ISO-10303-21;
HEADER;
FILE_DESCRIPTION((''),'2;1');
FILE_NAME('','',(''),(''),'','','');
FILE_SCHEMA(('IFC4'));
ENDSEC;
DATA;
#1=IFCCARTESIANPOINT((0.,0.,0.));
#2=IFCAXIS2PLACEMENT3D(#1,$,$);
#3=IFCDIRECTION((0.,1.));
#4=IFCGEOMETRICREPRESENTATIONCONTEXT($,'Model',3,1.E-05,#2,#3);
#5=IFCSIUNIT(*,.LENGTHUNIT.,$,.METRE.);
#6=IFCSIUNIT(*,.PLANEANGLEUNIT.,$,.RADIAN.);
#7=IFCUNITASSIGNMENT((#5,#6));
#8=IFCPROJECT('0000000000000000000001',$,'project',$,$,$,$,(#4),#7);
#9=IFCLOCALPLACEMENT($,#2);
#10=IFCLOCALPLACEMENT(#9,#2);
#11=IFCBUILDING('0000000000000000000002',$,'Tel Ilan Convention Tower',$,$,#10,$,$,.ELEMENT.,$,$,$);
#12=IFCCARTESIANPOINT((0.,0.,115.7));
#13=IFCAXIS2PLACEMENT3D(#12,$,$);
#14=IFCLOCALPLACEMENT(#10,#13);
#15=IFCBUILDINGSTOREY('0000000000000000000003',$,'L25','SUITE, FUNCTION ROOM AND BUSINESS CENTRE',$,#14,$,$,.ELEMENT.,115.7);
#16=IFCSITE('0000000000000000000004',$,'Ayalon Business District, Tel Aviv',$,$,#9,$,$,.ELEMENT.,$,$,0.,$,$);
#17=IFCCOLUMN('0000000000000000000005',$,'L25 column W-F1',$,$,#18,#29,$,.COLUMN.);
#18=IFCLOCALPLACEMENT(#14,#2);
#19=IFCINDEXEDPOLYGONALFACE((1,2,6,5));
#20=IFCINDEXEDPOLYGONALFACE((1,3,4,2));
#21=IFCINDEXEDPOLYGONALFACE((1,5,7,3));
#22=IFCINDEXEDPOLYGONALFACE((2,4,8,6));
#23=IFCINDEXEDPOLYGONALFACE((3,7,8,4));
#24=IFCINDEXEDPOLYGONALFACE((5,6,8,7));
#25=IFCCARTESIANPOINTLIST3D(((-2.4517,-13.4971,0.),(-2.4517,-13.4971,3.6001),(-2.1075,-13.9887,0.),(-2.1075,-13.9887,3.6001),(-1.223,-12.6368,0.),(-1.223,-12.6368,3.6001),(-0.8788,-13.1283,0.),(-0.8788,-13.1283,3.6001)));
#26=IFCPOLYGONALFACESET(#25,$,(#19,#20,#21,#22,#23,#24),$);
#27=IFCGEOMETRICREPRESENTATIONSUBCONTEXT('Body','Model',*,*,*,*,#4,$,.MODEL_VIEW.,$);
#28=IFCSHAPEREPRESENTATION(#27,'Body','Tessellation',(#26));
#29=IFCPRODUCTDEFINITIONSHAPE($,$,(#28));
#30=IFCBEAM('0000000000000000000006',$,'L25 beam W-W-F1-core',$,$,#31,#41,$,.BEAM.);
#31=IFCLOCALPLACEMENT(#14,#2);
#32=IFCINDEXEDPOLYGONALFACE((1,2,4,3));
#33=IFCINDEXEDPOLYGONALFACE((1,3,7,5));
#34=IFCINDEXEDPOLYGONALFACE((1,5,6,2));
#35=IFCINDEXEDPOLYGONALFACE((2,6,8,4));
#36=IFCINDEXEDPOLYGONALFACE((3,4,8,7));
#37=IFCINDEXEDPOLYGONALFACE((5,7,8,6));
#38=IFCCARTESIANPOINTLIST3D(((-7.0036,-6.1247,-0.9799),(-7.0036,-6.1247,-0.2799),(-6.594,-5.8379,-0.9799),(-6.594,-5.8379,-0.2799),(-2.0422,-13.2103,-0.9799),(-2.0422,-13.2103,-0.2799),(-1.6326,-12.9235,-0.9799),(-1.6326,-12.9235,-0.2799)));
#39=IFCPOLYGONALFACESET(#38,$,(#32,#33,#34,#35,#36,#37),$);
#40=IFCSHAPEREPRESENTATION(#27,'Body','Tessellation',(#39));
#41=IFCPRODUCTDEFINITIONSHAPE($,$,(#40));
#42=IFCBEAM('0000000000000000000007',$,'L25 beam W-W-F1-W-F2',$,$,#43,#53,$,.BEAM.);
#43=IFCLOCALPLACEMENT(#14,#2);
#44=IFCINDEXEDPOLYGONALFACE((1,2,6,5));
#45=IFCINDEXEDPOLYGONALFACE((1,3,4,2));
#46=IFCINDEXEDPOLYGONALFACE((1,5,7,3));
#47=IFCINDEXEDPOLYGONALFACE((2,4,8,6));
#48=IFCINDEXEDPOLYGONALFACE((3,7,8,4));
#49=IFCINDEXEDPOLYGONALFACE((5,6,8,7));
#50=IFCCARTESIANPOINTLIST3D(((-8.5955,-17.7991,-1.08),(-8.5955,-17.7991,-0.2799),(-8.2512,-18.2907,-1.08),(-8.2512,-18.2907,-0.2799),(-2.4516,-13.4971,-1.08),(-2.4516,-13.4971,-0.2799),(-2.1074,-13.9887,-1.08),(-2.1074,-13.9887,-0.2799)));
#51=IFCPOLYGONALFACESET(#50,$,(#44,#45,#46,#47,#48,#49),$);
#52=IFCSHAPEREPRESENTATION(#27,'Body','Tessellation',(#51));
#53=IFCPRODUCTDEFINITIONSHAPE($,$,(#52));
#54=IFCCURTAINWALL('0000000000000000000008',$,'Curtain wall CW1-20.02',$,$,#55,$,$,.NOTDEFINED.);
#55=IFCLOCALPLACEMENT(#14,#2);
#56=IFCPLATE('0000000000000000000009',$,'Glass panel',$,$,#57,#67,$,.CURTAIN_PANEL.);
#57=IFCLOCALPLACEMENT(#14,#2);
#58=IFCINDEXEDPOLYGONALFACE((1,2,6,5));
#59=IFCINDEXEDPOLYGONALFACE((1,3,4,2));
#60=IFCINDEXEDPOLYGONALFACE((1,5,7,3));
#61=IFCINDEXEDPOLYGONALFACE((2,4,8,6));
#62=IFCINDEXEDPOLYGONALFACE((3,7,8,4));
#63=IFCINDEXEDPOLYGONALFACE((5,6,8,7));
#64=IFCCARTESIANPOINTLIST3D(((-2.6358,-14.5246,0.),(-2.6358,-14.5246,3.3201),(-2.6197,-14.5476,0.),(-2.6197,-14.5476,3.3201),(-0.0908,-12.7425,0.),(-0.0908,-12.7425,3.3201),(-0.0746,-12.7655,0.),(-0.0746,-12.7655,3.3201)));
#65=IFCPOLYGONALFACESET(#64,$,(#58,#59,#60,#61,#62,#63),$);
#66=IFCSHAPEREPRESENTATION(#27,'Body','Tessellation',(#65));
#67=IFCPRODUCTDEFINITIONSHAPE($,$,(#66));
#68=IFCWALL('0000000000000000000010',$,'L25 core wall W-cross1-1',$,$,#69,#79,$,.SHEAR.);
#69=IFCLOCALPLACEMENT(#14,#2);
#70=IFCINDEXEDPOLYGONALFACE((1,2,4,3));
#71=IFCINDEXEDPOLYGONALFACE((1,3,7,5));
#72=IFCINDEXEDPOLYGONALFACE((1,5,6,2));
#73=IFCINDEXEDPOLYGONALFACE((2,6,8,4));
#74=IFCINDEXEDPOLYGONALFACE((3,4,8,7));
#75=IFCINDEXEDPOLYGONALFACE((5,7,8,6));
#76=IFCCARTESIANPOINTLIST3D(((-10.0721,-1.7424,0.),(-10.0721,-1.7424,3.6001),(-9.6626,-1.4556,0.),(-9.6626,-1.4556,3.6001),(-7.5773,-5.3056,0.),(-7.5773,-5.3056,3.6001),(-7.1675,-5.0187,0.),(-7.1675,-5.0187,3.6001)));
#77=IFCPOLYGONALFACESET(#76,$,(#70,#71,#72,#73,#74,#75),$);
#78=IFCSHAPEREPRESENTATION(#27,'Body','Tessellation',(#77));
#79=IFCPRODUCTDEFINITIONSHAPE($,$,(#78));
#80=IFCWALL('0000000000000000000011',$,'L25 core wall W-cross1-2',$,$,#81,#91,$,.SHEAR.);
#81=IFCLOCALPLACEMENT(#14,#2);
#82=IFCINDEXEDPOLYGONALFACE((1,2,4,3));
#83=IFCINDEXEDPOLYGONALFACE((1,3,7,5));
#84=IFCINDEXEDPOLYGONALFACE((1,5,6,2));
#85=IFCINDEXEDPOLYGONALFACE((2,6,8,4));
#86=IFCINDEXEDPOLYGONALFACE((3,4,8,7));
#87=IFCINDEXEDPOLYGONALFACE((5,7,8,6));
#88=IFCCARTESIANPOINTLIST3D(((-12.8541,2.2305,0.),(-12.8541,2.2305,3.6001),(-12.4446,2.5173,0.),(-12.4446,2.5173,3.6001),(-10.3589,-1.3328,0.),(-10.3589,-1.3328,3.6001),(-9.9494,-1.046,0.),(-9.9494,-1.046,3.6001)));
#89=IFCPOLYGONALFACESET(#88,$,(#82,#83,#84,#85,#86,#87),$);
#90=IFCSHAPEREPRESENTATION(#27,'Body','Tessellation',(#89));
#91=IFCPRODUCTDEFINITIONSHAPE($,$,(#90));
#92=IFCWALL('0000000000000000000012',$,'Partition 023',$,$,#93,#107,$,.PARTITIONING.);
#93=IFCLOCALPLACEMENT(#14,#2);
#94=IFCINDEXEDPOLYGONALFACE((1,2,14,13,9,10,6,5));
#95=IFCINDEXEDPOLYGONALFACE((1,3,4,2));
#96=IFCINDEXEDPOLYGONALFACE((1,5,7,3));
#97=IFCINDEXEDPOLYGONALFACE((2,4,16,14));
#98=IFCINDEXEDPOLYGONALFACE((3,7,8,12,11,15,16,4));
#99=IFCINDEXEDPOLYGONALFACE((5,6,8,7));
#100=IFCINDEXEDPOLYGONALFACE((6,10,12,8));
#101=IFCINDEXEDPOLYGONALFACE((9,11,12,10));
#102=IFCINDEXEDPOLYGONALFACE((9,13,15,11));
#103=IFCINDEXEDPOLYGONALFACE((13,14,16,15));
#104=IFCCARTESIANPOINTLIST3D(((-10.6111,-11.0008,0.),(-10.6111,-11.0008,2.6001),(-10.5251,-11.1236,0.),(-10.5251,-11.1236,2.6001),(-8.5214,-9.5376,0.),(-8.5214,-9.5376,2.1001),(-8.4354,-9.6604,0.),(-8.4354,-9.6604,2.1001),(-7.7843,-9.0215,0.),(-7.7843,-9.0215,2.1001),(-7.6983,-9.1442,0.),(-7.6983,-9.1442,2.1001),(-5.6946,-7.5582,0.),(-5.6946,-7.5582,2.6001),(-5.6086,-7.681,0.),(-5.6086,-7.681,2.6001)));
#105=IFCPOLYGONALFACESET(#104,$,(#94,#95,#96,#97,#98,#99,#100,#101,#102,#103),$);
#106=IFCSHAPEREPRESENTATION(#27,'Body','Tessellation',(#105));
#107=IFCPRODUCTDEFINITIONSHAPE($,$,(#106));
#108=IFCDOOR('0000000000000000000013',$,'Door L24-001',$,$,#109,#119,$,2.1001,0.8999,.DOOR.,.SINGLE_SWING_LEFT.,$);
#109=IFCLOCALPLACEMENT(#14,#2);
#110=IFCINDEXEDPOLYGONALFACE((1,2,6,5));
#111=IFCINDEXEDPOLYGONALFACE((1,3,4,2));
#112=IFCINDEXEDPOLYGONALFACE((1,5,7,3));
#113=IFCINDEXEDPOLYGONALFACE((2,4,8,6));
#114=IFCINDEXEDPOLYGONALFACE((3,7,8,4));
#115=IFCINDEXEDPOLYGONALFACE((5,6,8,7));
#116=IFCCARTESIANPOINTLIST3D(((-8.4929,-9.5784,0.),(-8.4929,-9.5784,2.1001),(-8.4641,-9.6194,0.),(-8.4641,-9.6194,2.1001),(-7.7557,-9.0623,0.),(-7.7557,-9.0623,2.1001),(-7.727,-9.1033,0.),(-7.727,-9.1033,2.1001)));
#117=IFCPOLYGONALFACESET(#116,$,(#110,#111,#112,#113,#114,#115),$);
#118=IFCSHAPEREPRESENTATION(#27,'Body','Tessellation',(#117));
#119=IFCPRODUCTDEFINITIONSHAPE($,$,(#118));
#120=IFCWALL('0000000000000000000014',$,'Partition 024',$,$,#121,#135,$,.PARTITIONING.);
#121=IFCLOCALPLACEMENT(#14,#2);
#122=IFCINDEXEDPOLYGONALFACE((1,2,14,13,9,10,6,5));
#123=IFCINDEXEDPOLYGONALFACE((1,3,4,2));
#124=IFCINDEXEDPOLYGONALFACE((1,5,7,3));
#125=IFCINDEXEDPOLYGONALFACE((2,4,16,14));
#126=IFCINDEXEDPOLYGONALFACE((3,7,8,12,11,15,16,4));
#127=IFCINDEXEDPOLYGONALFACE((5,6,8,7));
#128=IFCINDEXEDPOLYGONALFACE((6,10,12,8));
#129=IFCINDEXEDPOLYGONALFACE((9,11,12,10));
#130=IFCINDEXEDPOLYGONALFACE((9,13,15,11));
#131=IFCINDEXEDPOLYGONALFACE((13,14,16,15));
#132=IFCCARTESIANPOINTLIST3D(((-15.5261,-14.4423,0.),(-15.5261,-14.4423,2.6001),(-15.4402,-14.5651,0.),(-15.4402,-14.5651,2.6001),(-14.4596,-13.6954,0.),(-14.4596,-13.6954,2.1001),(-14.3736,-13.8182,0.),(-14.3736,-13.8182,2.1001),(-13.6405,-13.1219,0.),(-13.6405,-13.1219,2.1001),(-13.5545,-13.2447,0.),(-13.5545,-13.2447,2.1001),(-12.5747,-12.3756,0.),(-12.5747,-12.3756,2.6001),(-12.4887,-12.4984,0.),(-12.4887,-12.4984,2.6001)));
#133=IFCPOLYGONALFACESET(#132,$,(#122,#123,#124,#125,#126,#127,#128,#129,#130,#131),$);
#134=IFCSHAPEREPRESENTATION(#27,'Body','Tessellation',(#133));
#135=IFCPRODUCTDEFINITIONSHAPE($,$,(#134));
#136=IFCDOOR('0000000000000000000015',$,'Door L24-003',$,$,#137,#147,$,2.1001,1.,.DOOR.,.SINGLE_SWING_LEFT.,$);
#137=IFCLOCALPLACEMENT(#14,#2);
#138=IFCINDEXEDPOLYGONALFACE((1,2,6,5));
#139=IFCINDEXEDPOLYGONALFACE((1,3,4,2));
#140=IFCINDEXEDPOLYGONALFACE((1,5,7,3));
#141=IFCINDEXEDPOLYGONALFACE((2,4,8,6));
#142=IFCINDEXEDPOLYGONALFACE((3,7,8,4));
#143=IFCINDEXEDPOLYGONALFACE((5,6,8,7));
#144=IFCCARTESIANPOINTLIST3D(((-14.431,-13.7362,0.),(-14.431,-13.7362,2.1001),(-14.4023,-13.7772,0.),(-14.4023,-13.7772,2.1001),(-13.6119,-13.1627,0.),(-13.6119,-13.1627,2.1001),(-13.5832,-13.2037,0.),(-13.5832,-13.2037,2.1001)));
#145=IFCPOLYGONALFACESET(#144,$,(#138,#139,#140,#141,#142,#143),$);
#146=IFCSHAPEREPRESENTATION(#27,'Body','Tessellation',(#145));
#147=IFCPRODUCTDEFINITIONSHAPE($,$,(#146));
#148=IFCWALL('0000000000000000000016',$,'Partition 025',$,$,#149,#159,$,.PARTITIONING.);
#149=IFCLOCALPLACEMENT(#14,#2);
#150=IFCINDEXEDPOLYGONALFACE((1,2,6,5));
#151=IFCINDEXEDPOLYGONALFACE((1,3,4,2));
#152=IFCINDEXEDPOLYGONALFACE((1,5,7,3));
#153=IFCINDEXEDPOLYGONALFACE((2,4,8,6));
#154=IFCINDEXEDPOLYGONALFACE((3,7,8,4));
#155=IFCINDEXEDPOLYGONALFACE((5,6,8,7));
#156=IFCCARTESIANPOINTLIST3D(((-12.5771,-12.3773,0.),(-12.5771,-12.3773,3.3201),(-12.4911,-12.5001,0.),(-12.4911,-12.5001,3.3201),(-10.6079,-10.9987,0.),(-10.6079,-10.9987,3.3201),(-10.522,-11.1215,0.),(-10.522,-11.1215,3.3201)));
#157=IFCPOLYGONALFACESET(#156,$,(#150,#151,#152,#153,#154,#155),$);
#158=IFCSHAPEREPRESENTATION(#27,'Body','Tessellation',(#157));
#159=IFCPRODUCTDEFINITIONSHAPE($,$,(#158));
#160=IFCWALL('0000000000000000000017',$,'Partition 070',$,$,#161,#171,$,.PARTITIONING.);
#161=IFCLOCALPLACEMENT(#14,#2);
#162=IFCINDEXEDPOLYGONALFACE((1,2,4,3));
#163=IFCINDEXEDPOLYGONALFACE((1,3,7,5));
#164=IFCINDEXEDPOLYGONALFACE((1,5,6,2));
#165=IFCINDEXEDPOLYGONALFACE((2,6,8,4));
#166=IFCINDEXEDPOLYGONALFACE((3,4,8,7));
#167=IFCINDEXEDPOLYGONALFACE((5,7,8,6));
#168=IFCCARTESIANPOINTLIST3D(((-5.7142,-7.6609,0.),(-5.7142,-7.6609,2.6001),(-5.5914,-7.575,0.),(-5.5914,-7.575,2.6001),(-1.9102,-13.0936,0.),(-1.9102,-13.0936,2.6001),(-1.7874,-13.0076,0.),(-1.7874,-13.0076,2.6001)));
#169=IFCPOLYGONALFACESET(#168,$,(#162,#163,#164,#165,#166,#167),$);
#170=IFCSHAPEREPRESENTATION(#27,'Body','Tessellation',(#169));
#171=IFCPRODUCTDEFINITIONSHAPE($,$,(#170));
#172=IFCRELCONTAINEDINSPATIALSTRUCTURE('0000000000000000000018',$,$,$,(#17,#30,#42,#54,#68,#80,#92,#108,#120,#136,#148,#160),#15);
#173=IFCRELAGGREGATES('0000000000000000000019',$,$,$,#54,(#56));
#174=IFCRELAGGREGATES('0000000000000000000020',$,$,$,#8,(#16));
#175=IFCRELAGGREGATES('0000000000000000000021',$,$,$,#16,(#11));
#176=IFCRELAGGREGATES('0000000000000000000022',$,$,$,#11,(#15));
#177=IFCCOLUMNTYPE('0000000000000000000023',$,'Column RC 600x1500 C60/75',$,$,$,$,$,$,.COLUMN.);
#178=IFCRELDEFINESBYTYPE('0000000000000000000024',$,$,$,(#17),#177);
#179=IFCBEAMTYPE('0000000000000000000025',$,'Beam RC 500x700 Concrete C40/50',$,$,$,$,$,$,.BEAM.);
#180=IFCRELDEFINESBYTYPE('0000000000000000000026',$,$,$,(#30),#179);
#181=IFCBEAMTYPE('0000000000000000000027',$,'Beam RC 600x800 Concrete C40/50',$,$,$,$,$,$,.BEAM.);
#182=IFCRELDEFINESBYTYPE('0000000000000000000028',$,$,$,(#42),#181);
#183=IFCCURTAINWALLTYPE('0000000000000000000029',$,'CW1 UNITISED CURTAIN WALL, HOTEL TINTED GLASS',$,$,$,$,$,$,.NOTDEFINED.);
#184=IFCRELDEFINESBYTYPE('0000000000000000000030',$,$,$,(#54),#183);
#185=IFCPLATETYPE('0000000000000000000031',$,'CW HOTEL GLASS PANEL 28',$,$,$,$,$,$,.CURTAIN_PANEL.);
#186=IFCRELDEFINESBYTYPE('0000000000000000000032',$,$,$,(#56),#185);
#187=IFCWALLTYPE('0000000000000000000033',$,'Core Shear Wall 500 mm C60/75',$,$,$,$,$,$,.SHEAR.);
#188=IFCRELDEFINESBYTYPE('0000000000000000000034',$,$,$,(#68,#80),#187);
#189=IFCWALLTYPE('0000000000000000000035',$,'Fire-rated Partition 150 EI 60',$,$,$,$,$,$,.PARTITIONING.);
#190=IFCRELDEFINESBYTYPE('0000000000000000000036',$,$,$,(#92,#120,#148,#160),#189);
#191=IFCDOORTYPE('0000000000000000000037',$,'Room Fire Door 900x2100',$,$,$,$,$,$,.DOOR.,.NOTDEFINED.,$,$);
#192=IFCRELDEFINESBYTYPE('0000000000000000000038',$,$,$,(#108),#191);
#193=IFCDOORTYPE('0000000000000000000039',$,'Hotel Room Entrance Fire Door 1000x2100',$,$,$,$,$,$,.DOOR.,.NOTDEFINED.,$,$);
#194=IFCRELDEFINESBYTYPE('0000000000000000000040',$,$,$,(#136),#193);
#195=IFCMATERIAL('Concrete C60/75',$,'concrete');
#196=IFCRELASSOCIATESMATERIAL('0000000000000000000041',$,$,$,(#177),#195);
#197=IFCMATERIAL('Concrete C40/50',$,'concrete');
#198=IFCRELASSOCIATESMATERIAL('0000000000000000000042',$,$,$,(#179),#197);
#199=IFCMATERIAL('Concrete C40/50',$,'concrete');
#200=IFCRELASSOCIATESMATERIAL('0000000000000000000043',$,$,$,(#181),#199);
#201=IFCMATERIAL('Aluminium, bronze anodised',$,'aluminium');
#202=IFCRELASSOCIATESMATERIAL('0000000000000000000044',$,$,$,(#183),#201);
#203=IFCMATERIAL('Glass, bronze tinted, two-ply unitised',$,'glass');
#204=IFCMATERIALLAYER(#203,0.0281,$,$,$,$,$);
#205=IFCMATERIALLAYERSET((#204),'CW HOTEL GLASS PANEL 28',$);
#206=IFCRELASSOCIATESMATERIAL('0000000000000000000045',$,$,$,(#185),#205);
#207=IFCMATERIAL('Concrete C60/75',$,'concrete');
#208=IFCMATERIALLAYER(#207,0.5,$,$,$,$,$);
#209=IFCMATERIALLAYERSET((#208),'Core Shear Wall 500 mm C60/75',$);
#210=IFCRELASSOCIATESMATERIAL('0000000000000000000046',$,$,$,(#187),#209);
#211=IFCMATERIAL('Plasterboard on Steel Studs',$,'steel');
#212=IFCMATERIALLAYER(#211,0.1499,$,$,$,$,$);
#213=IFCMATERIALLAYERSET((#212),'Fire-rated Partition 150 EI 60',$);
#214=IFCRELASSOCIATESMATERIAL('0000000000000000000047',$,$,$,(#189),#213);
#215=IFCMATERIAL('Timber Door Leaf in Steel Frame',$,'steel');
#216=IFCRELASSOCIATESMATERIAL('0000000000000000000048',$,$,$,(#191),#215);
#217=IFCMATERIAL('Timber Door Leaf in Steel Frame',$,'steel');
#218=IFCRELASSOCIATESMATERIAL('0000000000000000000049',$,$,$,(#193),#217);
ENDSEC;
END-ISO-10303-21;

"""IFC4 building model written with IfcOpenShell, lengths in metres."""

from ifc_helpers import new_model, si_unit, direction, frame, frame_2d, origin, origin_2d, place, context, subcontext, project, spatial, polyline, rectangle, outline, extrude, material, layer, layer_set, material_profile, profile_set, type_object, element, fill, aggregate, save


model = new_model("IFC4")

# Units and contexts
model_context = context("Model", 3, precision=1e-05, world=origin(), true_north=direction((0.0, 1.0)))
body_context = subcontext(model_context, "Body", "Model", "MODEL_VIEW")
ifc_project = project(units=[si_unit("LENGTHUNIT", "METRE"), si_unit("PLANEANGLEUNIT", "RADIAN")], contexts=[model_context])

# Site, building, storey
site_placement = place(None, origin())
site = spatial("IfcSite", under=ifc_project, at=site_placement, Name="Ayalon Business District, Tel Aviv", CompositionType="ELEMENT", RefElevation=0.0)
building_placement = place(site_placement, origin())
building = spatial("IfcBuilding", under=site, at=building_placement, Name="Tel Ilan Convention Tower", CompositionType="ELEMENT")
storey_placement = place(building_placement, frame((0.0, 0.0, 115.7)))
storey = spatial("IfcBuildingStorey", under=building, at=storey_placement, Name="L25", Description="SUITE, FUNCTION ROOM AND BUSINESS CENTRE", CompositionType="ELEMENT", Elevation=115.7)

# Column
ifc_material_1 = material(Name="Concrete C60/75", Category="concrete")
ifc_material_profile_1 = material_profile(ifc_material_1, rectangle(XDim=1.5, YDim=0.6001, at=origin_2d()), Name="RC 600x1500")
ifc_profile_set_1 = profile_set([ifc_material_profile_1], Name="Concrete C60/75")
column_type = type_object("IfcColumnType", Name="Column RC 600x1500 C60/75", PredefinedType="COLUMN", material=ifc_profile_set_1)
column_placement = place(storey_placement, frame((-1.6653, -13.3127, 0.0), z_axis=(0.0, 0.0, 1.0), x_axis=(-0.819152, -0.573576, 0.0)))
element("IfcColumn", 1, at=column_placement, inside=storey, type_object=column_type, Name="L25 column W-F1", PredefinedType="COLUMN", context=body_context, shape_type="SweptSolid", body=[
    extrude(rectangle(XDim=1.5, YDim=0.6001, at=origin_2d()), origin(), (0.0, 0.0, 1.0), 3.6001),
])

# Beams
ifc_material_2 = material(Name="Concrete C40/50", Category="concrete")
ifc_material_profile_2 = material_profile(ifc_material_2, rectangle(XDim=0.5, YDim=0.7, at=origin_2d()), Name="RC 500x700")
ifc_profile_set_2 = profile_set([ifc_material_profile_2], Name="Concrete C40/50")
beam_type_1 = type_object("IfcBeamType", Name="Beam RC 500x700 Concrete C40/50", PredefinedType="BEAM", material=ifc_profile_set_2)
beam_1_placement = place(storey_placement, frame((-1.8374, -13.0669, -0.6299), z_axis=(-0.573574, 0.819154, 0.0), x_axis=(-0.819154, -0.573574, 0.0)))
element("IfcBeam", 2, at=beam_1_placement, inside=storey, type_object=beam_type_1, Name="L25 beam W-W-F1-core", PredefinedType="BEAM", context=body_context, shape_type="SweptSolid", body=[
    extrude(rectangle(XDim=0.5, YDim=0.7, at=origin_2d()), origin(), (0.0, 0.0, 1.0), 8.6499),
])
ifc_material_3 = material(Name="Concrete C40/50", Category="concrete")
ifc_material_profile_3 = material_profile(ifc_material_3, rectangle(XDim=0.6001, YDim=0.8, at=origin_2d()), Name="RC 600x800")
ifc_profile_set_3 = profile_set([ifc_material_profile_3], Name="Concrete C40/50")
beam_type_2 = type_object("IfcBeamType", Name="Beam RC 600x800 Concrete C40/50", PredefinedType="BEAM", material=ifc_profile_set_3)
beam_2_placement = place(storey_placement, frame((-2.2795, -13.7429, -0.6799), z_axis=(-0.819148, -0.573582, 0.0), x_axis=(0.573582, -0.819148, 0.0)))
element("IfcBeam", 3, at=beam_2_placement, inside=storey, type_object=beam_type_2, Name="L25 beam W-W-F1-W-F2", PredefinedType="BEAM", context=body_context, shape_type="SweptSolid", body=[
    extrude(rectangle(XDim=0.6001, YDim=0.8, at=origin_2d()), origin(), (0.0, 0.0, 1.0), 7.5002),
])

# Curtain wall, plate
ifc_material_4 = material(Name="Aluminium, bronze anodised", Category="aluminium")
curtain_wall_type = type_object("IfcCurtainWallType", Name="CW1 UNITISED CURTAIN WALL, HOTEL TINTED GLASS", PredefinedType="NOTDEFINED", material=ifc_material_4)
curtain_wall_placement = place(storey_placement, origin())
curtain_wall = element("IfcCurtainWall", 4, at=curtain_wall_placement, inside=storey, type_object=curtain_wall_type, Name="Curtain wall CW1-20.02", PredefinedType="NOTDEFINED")
ifc_material_5 = material(Name="Glass, bronze tinted, two-ply unitised", Category="glass")
ifc_layer_1 = layer(ifc_material_5, 0.0281)
ifc_layer_set_1 = layer_set([ifc_layer_1], Name="CW HOTEL GLASS PANEL 28")
plate_type = type_object("IfcPlateType", Name="CW HOTEL GLASS PANEL 28", PredefinedType="CURTAIN_PANEL", material=ifc_layer_set_1)
plate_placement = place(storey_placement, frame((-1.3552, -13.645, 0.0), z_axis=(0.0, 0.0, 1.0), x_axis=(0.819152, 0.573576, 0.0)))
plate = element("IfcPlate", 5, at=plate_placement, type_object=plate_type, Name="Glass panel", PredefinedType="CURTAIN_PANEL", context=body_context, shape_type="SweptSolid", body=[
    extrude(rectangle(XDim=3.1069, YDim=0.0281, at=origin_2d()), origin(), (0.0, 0.0, 1.0), 3.3201),
])
aggregate(curtain_wall, [plate])

# Walls
ifc_material_6 = material(Name="Concrete C60/75", Category="concrete")
ifc_layer_2 = layer(ifc_material_6, 0.5)
ifc_layer_set_2 = layer_set([ifc_layer_2], Name="Core Shear Wall 500 mm C60/75")
wall_type_1 = type_object("IfcWallType", Name="Core Shear Wall 500 mm C60/75", PredefinedType="SHEAR", material=ifc_layer_set_2)
wall_1_placement = place(storey_placement, frame((-7.3723, -5.1621, 0.0), z_axis=(0.0, 0.0, 1.0), x_axis=(-0.573594, 0.81914, 0.0)))
element("IfcWall", 6, at=wall_1_placement, inside=storey, type_object=wall_type_1, Name="L25 core wall W-cross1-1", PredefinedType="SHEAR", context=body_context, shape_type="SweptSolid", body=[
    extrude(outline(polyline([(4.3499, 0.25), (0.0, 0.2502), (0.0, -0.25), (4.3499, -0.25), (4.3499, 0.25)])), origin(), (0.0, 0.0, 1.0), 3.6001),
])
wall_2_placement = place(storey_placement, frame((-10.1543, -1.1892, 0.0), z_axis=(0.0, 0.0, 1.0), x_axis=(-0.573594, 0.81914, 0.0)))
element("IfcWall", 7, at=wall_2_placement, inside=storey, type_object=wall_type_1, Name="L25 core wall W-cross1-2", PredefinedType="SHEAR", context=body_context, shape_type="SweptSolid", body=[
    extrude(outline(polyline([(4.3499, -0.25), (4.3499, 0.25), (-0.0002, 0.25), (-0.0002, -0.25), (4.3499, -0.25)])), origin(), (0.0, 0.0, 1.0), 3.6001),
])

# Walls, openings, doors
ifc_material_7 = material(Name="Plasterboard on Steel Studs", Category="steel")
ifc_layer_3 = layer(ifc_material_7, 0.1499)
ifc_layer_set_3 = layer_set([ifc_layer_3], Name="Fire-rated Partition 150 EI 60")
wall_type_2 = type_object("IfcWallType", Name="Fire-rated Partition 150 EI 60", PredefinedType="PARTITIONING", material=ifc_layer_set_3)
wall_3_placement = place(storey_placement, frame((-5.6516, -7.6196, 0.0), z_axis=(0.0, 0.0, 1.0), x_axis=(-0.819148, -0.573582, 0.0)))
wall_3 = element("IfcWall", 8, at=wall_3_placement, inside=storey, type_object=wall_type_2, Name="Partition 023", PredefinedType="PARTITIONING", context=body_context, shape_type="SweptSolid", body=[
    extrude(rectangle(XDim=6.002, YDim=0.1499, at=frame_2d((3.001, 0.0))), origin(), (0.0, 0.0, 1.0), 2.6001),
])
opening_1_placement = place(wall_3_placement, frame((2.551, 0.0, 0.0)))
opening_1 = element("IfcOpeningElement", 9, at=opening_1_placement, cuts=wall_3, PredefinedType="OPENING", context=body_context, shape_type="SweptSolid", body=[
    extrude(rectangle(XDim=0.8999, YDim=2.1001, at=frame_2d((0.45, 1.05))), frame((0.0, 0.085, 0.0), z_axis=(0.0, -1.0, 0.0), x_axis=(1.0, 0.0, 0.0)), (0.0, 0.0, 1.0), 0.1699),
])
ifc_material_8 = material(Name="Timber Door Leaf in Steel Frame", Category="steel")
door_type_1 = type_object("IfcDoorType", Name="Room Fire Door 900x2100", OperationType="NOTDEFINED", PredefinedType="DOOR", material=ifc_material_8)
door_1_placement = place(opening_1_placement, origin())
door_1 = element("IfcDoor", 10, at=door_1_placement, inside=storey, type_object=door_type_1, Name="Door L24-001", OperationType="SINGLE_SWING_LEFT", OverallHeight=2.1001, OverallWidth=0.8999, PredefinedType="DOOR", context=body_context, shape_type="SweptSolid", body=[
    extrude(rectangle(XDim=0.8999, YDim=2.1001, at=frame_2d((0.45, 1.05))), frame((0.0, 0.0249, 0.0), z_axis=(0.0, -1.0, 0.0), x_axis=(1.0, 0.0, 0.0)), (0.0, 0.0, 1.0), 0.05),
])
fill(opening_1, door_1)
wall_4_placement = place(storey_placement, frame((-12.5317, -12.437, 0.0), z_axis=(0.0, 0.0, 1.0), x_axis=(-0.819146, -0.573585, 0.0)))
wall_4 = element("IfcWall", 11, at=wall_4_placement, inside=storey, type_object=wall_type_2, Name="Partition 024", PredefinedType="PARTITIONING", context=body_context, shape_type="SweptSolid", body=[
    extrude(rectangle(XDim=3.603, YDim=0.1499, at=frame_2d((1.8015, 0.0))), origin(), (0.0, 0.0, 1.0), 2.6001),
])
opening_2_placement = place(wall_4_placement, frame((1.301, 0.0, 0.0)))
opening_2 = element("IfcOpeningElement", 12, at=opening_2_placement, cuts=wall_4, PredefinedType="OPENING", context=body_context, shape_type="SweptSolid", body=[
    extrude(rectangle(XDim=1.0, YDim=2.1001, at=frame_2d((0.5, 1.05))), frame((0.0, 0.085, 0.0), z_axis=(0.0, -1.0, 0.0), x_axis=(1.0, 0.0, 0.0)), (0.0, 0.0, 1.0), 0.1699),
])
ifc_material_9 = material(Name="Timber Door Leaf in Steel Frame", Category="steel")
door_type_2 = type_object("IfcDoorType", Name="Hotel Room Entrance Fire Door 1000x2100", OperationType="NOTDEFINED", PredefinedType="DOOR", material=ifc_material_9)
door_2_placement = place(opening_2_placement, origin())
door_2 = element("IfcDoor", 13, at=door_2_placement, inside=storey, type_object=door_type_2, Name="Door L24-003", OperationType="SINGLE_SWING_LEFT", OverallHeight=2.1001, OverallWidth=1.0, PredefinedType="DOOR", context=body_context, shape_type="SweptSolid", body=[
    extrude(rectangle(XDim=1.0, YDim=2.1001, at=frame_2d((0.5, 1.05))), frame((0.0, 0.0249, 0.0), z_axis=(0.0, -1.0, 0.0), x_axis=(1.0, 0.0, 0.0)), (0.0, 0.0, 1.0), 0.05),
])
fill(opening_2, door_2)

# Walls
wall_5_placement = place(storey_placement, frame((-10.5649, -11.0601, 0.0), z_axis=(0.0, 0.0, 1.0), x_axis=(-0.819194, -0.573517, 0.0)))
element("IfcWall", 14, at=wall_5_placement, inside=storey, type_object=wall_type_2, Name="Partition 025", PredefinedType="PARTITIONING", context=body_context, shape_type="SweptSolid", body=[
    extrude(rectangle(XDim=2.4038, YDim=0.1499, at=frame_2d((1.2019, 0.0))), origin(), (0.0, 0.0, 1.0), 3.3201),
])
wall_6_placement = place(storey_placement, frame((-1.8489, -13.0505, 0.0), z_axis=(0.0, 0.0, 1.0), x_axis=(-0.573576, 0.819152, 0.0)))
element("IfcWall", 15, at=wall_6_placement, inside=storey, type_object=wall_type_2, Name="Partition 070", PredefinedType="PARTITIONING", context=body_context, shape_type="SweptSolid", body=[
    extrude(rectangle(XDim=6.6321, YDim=0.1499, at=frame_2d((3.3159, 0.0))), origin(), (0.0, 0.0, 1.0), 2.6001),
])

save(model, "model.ifc")
